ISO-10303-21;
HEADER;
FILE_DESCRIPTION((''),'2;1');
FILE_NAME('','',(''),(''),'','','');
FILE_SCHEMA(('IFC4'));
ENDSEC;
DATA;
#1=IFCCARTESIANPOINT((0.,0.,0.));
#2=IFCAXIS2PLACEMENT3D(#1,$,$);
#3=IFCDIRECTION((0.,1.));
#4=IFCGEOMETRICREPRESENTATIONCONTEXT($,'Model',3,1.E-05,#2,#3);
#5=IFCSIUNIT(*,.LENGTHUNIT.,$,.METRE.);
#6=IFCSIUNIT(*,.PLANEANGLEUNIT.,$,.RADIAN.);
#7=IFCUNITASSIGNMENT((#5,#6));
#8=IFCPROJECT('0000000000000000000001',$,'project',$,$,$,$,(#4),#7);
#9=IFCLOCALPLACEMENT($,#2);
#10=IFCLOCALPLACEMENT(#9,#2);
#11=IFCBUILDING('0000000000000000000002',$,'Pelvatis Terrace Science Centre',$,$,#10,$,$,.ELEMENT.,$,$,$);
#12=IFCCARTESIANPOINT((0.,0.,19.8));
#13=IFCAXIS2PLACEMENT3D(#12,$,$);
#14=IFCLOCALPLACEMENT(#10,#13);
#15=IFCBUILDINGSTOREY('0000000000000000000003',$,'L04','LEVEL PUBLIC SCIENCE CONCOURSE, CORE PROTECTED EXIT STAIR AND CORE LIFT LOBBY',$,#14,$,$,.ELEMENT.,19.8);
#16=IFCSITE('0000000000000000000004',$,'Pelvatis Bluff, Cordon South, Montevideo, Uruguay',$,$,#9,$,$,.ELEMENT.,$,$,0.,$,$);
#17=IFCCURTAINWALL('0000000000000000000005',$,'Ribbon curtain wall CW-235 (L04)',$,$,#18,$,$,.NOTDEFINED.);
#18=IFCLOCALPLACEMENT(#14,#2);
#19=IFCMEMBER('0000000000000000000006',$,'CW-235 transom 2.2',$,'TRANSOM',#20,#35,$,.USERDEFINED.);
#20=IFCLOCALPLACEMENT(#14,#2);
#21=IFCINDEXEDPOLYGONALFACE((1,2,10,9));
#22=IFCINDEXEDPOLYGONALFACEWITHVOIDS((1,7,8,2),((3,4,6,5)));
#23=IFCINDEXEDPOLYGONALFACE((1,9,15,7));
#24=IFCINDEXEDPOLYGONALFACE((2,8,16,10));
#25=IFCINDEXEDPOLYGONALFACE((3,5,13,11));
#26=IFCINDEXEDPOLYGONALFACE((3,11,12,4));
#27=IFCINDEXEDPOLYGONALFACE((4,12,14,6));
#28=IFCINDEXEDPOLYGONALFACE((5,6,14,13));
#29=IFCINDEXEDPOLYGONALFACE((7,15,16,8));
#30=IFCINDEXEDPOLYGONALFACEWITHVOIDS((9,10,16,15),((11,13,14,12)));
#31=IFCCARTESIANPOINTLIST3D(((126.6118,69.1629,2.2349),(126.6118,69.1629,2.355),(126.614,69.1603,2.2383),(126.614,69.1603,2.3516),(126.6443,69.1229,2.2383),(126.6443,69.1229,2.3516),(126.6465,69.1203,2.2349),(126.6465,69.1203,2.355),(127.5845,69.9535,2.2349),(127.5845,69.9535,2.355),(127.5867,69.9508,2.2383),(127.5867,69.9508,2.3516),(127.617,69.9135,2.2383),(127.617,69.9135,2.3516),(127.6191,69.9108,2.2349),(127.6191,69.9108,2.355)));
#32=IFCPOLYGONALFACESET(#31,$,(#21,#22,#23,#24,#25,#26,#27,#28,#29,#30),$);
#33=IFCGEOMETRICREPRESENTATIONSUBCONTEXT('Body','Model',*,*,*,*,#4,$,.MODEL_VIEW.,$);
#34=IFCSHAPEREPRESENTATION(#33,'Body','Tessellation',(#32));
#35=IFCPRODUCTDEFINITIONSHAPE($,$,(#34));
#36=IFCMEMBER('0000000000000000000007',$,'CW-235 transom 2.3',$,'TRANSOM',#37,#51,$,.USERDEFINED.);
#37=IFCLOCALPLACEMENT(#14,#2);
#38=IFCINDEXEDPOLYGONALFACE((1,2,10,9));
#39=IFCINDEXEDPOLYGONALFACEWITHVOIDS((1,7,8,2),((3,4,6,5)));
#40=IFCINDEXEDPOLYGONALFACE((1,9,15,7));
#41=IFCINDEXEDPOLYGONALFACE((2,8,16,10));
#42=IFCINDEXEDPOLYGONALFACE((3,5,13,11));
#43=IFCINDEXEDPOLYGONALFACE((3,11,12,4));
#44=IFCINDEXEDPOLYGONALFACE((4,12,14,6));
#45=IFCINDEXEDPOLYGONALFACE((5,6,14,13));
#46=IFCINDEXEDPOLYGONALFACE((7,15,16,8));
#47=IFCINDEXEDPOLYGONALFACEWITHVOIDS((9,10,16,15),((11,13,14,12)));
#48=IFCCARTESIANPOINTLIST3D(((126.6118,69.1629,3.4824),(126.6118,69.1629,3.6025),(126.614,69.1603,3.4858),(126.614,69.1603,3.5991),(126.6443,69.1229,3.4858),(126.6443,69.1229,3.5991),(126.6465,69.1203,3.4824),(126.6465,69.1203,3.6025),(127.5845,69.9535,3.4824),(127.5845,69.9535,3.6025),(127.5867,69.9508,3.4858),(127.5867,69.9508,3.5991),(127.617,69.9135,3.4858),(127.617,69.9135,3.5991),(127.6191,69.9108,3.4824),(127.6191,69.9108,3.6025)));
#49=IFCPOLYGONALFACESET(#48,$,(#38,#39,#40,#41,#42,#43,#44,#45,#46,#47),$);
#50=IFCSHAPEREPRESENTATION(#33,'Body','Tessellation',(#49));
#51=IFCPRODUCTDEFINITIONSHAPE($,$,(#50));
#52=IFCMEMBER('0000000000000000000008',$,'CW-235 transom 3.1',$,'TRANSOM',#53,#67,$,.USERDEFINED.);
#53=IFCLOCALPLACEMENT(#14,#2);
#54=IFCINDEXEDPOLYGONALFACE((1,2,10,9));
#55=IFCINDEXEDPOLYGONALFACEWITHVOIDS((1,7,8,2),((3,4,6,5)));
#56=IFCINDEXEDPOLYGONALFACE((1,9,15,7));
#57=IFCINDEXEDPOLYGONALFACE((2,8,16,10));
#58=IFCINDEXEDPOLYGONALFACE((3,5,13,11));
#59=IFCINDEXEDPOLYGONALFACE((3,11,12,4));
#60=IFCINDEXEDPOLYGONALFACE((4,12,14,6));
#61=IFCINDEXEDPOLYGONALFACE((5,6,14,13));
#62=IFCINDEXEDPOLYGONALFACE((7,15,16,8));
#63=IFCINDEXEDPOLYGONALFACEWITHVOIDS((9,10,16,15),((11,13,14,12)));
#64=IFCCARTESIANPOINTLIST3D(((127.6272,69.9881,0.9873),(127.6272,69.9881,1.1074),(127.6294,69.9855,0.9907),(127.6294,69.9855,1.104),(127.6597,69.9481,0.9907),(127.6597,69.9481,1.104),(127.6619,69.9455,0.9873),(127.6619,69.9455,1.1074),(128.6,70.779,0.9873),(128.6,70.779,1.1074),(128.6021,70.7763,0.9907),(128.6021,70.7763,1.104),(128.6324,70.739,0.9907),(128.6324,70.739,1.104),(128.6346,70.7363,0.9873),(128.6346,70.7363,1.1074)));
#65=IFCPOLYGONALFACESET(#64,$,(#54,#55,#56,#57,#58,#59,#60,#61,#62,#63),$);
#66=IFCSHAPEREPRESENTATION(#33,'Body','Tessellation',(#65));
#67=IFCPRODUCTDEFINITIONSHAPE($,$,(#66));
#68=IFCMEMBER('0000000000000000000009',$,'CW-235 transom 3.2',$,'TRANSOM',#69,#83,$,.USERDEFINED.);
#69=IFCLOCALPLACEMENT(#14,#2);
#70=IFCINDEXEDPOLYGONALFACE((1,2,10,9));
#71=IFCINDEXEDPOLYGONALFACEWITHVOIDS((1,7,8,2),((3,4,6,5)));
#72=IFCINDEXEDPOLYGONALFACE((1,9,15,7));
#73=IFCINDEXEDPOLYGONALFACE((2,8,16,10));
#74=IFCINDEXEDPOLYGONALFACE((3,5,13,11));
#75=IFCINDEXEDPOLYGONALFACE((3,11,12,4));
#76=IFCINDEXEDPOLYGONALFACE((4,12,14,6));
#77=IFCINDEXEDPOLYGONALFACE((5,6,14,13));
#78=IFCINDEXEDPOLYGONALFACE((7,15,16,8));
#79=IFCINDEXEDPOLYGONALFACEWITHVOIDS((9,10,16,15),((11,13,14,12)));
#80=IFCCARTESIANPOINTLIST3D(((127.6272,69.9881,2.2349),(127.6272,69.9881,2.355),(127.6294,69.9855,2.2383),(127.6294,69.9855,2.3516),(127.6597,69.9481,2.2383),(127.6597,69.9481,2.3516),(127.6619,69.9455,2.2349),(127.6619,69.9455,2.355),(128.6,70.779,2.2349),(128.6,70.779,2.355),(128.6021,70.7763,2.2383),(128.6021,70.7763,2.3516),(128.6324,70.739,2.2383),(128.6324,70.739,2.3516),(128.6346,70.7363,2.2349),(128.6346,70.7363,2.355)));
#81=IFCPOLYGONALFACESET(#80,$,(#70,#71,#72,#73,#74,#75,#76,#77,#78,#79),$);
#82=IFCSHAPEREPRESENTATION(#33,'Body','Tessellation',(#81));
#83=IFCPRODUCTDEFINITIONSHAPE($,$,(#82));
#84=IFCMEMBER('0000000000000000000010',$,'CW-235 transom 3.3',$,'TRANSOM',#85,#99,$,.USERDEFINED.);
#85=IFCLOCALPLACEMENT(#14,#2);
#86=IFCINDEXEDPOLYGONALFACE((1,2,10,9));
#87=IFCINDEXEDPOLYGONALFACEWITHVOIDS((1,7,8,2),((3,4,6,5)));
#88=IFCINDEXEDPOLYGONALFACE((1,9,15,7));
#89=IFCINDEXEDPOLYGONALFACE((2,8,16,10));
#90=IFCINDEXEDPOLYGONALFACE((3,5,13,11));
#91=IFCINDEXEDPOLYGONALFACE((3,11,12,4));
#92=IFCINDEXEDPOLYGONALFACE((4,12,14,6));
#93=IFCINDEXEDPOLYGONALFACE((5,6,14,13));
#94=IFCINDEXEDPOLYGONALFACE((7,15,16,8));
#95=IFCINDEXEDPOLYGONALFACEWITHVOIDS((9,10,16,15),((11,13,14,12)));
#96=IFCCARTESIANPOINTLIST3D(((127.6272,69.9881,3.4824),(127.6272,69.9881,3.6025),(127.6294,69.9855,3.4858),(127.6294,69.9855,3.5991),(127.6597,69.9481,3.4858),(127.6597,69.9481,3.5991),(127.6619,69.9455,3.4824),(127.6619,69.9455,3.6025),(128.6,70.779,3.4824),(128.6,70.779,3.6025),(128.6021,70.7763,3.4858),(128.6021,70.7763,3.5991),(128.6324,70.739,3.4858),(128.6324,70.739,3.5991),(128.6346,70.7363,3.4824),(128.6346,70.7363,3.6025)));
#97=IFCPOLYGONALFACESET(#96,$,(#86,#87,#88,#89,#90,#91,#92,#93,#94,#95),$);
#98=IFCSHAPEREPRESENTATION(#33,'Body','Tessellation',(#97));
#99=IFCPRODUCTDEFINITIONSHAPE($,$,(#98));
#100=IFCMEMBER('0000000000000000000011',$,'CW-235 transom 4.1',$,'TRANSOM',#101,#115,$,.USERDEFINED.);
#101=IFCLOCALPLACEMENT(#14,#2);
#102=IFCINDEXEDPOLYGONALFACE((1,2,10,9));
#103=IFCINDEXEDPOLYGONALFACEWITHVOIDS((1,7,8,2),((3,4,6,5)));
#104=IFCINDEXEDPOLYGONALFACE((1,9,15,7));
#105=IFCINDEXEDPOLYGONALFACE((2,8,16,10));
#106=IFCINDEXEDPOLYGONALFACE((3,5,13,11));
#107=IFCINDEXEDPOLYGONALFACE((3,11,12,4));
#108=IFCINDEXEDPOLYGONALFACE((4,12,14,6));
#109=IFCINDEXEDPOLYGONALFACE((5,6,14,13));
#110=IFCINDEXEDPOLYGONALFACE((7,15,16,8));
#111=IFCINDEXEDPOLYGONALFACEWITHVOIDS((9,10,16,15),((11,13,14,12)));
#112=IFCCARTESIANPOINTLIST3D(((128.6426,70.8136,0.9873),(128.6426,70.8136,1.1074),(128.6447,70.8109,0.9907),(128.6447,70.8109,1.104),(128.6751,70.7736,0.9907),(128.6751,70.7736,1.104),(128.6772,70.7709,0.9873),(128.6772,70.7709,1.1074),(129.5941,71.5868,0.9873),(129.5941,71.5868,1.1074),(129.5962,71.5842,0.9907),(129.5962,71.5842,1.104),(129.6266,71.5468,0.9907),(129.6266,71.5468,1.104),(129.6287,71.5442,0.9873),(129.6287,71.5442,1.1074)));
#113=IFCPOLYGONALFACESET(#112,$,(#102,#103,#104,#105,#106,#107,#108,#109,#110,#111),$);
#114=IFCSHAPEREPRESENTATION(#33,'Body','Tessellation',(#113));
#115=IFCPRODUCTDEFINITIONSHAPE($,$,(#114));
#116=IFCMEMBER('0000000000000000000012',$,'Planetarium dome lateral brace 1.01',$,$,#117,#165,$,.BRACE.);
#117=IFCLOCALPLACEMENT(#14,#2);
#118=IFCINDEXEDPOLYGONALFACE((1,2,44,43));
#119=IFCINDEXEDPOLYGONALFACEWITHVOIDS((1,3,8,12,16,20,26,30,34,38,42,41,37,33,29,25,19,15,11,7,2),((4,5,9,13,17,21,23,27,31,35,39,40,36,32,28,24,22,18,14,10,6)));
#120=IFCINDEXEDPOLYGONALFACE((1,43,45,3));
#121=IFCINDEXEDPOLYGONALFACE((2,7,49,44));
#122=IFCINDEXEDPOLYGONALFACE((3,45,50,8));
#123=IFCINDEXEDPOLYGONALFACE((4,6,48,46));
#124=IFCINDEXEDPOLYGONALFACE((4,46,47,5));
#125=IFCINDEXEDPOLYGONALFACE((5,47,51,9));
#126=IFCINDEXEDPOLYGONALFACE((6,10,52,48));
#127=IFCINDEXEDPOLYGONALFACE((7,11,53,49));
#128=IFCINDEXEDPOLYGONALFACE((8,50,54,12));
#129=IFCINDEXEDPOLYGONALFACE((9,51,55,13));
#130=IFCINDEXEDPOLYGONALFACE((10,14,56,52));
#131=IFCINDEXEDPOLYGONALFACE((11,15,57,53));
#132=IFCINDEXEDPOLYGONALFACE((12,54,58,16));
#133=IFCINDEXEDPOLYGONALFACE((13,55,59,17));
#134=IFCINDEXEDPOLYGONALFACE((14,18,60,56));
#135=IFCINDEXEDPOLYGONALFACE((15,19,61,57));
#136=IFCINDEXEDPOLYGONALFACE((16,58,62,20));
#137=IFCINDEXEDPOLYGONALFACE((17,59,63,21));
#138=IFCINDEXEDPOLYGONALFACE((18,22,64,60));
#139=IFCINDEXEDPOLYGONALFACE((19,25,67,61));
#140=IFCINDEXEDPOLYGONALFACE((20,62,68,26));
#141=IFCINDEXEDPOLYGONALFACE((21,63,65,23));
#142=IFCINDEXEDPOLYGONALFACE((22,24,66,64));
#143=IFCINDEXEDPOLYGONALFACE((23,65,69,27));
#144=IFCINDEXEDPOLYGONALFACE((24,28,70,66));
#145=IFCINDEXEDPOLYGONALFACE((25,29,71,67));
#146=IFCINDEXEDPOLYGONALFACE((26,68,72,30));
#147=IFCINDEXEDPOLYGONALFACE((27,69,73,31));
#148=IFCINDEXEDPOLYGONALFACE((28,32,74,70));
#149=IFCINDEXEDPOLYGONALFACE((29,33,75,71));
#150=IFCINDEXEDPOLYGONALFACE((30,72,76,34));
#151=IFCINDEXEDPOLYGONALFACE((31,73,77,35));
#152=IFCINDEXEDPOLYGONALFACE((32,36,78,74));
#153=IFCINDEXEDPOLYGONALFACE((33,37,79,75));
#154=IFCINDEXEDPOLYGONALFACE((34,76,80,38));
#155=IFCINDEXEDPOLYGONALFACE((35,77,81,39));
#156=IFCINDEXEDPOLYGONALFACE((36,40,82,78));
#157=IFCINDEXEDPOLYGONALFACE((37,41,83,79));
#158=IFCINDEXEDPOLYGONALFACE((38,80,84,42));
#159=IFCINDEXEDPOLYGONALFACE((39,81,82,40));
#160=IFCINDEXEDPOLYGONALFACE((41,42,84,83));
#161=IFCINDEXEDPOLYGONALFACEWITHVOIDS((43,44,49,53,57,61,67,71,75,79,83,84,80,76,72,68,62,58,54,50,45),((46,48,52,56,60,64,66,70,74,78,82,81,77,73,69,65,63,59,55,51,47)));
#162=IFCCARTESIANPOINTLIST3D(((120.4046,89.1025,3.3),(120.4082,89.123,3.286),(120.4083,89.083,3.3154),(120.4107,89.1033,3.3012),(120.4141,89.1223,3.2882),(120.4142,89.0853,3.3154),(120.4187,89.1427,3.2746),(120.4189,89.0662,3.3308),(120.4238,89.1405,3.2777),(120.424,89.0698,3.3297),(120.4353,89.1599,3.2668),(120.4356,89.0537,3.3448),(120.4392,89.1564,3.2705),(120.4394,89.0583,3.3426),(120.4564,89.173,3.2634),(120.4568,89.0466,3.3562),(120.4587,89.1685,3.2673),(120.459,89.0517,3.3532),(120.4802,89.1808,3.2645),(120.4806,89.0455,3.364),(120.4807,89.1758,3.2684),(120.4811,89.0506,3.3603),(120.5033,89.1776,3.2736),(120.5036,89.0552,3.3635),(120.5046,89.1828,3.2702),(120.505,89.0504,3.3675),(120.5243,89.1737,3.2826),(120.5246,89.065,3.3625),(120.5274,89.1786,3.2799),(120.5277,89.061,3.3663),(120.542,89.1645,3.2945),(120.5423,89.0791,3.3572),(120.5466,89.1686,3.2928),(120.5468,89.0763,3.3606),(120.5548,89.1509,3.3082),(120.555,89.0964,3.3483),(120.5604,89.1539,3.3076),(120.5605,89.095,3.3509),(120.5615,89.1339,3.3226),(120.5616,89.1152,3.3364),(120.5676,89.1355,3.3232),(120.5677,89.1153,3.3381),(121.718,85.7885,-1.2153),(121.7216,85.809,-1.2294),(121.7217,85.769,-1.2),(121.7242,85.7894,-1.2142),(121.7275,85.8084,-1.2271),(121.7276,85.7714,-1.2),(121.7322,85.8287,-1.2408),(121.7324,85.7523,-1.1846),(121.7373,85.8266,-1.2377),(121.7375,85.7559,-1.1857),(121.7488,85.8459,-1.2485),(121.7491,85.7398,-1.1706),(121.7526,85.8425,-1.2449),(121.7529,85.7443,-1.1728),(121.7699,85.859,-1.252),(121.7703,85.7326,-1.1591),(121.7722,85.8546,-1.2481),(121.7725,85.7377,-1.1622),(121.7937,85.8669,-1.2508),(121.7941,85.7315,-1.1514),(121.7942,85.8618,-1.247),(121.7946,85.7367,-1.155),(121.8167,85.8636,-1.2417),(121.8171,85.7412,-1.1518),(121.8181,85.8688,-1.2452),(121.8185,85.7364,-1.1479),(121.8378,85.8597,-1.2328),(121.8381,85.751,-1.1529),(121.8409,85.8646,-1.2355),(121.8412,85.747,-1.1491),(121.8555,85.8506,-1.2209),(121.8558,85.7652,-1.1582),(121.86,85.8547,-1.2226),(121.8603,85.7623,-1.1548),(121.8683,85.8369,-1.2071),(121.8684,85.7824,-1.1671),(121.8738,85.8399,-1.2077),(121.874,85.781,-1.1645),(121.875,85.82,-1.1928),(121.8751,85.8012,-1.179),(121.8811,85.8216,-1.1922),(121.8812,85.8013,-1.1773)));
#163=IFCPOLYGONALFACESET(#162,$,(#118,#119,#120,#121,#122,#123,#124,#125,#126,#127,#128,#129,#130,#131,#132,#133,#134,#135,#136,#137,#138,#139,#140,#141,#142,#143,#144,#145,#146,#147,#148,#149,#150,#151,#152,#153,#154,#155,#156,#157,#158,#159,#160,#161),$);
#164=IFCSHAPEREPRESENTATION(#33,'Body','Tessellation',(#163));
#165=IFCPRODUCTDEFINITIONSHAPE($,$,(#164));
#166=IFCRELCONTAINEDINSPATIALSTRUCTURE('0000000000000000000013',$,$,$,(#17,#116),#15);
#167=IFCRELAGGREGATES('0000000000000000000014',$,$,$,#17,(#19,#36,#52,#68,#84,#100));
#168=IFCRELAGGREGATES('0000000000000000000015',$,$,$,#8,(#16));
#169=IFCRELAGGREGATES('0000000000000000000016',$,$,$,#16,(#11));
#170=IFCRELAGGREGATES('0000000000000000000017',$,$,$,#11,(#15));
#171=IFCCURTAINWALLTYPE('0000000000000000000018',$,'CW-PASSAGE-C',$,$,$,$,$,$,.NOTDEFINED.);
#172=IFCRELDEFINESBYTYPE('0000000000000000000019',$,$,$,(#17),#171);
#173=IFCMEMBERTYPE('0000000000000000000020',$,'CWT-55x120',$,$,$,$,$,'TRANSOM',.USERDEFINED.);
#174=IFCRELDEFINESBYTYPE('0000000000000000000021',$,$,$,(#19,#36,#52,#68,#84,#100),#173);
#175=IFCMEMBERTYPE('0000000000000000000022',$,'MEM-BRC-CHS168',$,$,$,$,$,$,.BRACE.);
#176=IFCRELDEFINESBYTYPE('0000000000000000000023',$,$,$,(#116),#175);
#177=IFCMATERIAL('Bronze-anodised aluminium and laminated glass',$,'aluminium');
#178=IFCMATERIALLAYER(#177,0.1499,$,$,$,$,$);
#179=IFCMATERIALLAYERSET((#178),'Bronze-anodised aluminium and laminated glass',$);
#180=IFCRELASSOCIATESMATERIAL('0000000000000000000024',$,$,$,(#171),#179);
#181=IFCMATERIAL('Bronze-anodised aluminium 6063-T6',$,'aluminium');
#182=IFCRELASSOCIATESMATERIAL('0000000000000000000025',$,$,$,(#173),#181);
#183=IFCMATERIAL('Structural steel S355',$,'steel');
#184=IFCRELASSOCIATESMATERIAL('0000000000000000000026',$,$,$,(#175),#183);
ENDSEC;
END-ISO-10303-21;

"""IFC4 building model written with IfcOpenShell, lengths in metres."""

from ifc_helpers import new_model, si_unit, direction, frame, origin, origin_2d, place, context, subcontext, project, spatial, hollow_rectangle, hollow_circle, extrude, material, layer, layer_set, material_profile, profile_set, type_object, element, aggregate, save


model = new_model("IFC4")

# Units and contexts
model_context = context("Model", 3, precision=1e-05, world=origin(), true_north=direction((0.0, 1.0)))
body_context = subcontext(model_context, "Body", "Model", "MODEL_VIEW")
ifc_project = project(units=[si_unit("LENGTHUNIT", "METRE"), si_unit("PLANEANGLEUNIT", "RADIAN")], contexts=[model_context])

# Site, building, storey
site_placement = place(None, origin())
site = spatial("IfcSite", under=ifc_project, at=site_placement, Name="Pelvatis Bluff, Cordon South, Montevideo, Uruguay", CompositionType="ELEMENT", RefElevation=0.0)
building_placement = place(site_placement, origin())
building = spatial("IfcBuilding", under=site, at=building_placement, Name="Pelvatis Terrace Science Centre", CompositionType="ELEMENT")
storey_placement = place(building_placement, frame((0.0, 0.0, 19.8)))
storey = spatial("IfcBuildingStorey", under=building, at=storey_placement, Name="L04", Description="LEVEL PUBLIC SCIENCE CONCOURSE, CORE PROTECTED EXIT STAIR AND CORE LIFT LOBBY", CompositionType="ELEMENT", Elevation=19.8)

# Curtain wall, members
ifc_material_1 = material(Name="Bronze-anodised aluminium and laminated glass", Category="aluminium")
ifc_layer_1 = layer(ifc_material_1, 0.1499)
ifc_layer_set_1 = layer_set([ifc_layer_1], Name="Bronze-anodised aluminium and laminated glass")
curtain_wall_type = type_object("IfcCurtainWallType", Name="CW-PASSAGE-C", PredefinedType="NOTDEFINED", material=ifc_layer_set_1)
curtain_wall_placement = place(storey_placement, origin())
curtain_wall = element("IfcCurtainWall", 1, at=curtain_wall_placement, inside=storey, type_object=curtain_wall_type, Name="Ribbon curtain wall CW-235 (L04)", PredefinedType="NOTDEFINED")
ifc_material_2 = material(Name="Bronze-anodised aluminium 6063-T6", Category="aluminium")
ifc_material_profile_1 = material_profile(ifc_material_2, hollow_rectangle(XDim=0.0549, YDim=0.1201, WallThickness=0.0034, at=origin_2d()), Name="ALU-TRN 55x120")
ifc_profile_set_1 = profile_set([ifc_material_profile_1], Name="Bronze-anodised aluminium 6063-T6")
member_type_1 = type_object("IfcMemberType", Name="CWT-55x120", ElementType="TRANSOM", PredefinedType="USERDEFINED", material=ifc_profile_set_1)
member_1_placement = place(storey_placement, frame((126.6292, 69.1416, 2.2949), z_axis=(0.776019, 0.63071, 0.0), x_axis=(-0.63071, 0.776019, 0.0)))
member_1 = element("IfcMember", 2, at=member_1_placement, type_object=member_type_1, Name="CW-235 transom 2.2", ObjectType="TRANSOM", PredefinedType="USERDEFINED", context=body_context, shape_type="SweptSolid", body=[
    extrude(hollow_rectangle(XDim=0.0549, YDim=0.1201, WallThickness=0.0034, at=origin_2d()), origin(), (0.0, 0.0, 1.0), 1.2534),
])
member_2_placement = place(storey_placement, frame((126.6292, 69.1416, 3.5425), z_axis=(0.776019, 0.63071, 0.0), x_axis=(-0.63071, 0.776019, 0.0)))
member_2 = element("IfcMember", 3, at=member_2_placement, type_object=member_type_1, Name="CW-235 transom 2.3", ObjectType="TRANSOM", PredefinedType="USERDEFINED", context=body_context, shape_type="SweptSolid", body=[
    extrude(hollow_rectangle(XDim=0.0549, YDim=0.1201, WallThickness=0.0034, at=origin_2d()), origin(), (0.0, 0.0, 1.0), 1.2534),
])
member_3_placement = place(storey_placement, frame((127.6445, 69.9668, 1.0474), z_axis=(0.775923, 0.630827, 0.0), x_axis=(-0.630827, 0.775923, 0.0)))
member_3 = element("IfcMember", 4, at=member_3_placement, type_object=member_type_1, Name="CW-235 transom 3.1", ObjectType="TRANSOM", PredefinedType="USERDEFINED", context=body_context, shape_type="SweptSolid", body=[
    extrude(hollow_rectangle(XDim=0.0549, YDim=0.1201, WallThickness=0.0034, at=origin_2d()), origin(), (0.0, 0.0, 1.0), 1.2537),
])
member_4_placement = place(storey_placement, frame((127.6445, 69.9668, 2.2949), z_axis=(0.775923, 0.630827, 0.0), x_axis=(-0.630827, 0.775923, 0.0)))
member_4 = element("IfcMember", 5, at=member_4_placement, type_object=member_type_1, Name="CW-235 transom 3.2", ObjectType="TRANSOM", PredefinedType="USERDEFINED", context=body_context, shape_type="SweptSolid", body=[
    extrude(hollow_rectangle(XDim=0.0549, YDim=0.1201, WallThickness=0.0034, at=origin_2d()), origin(), (0.0, 0.0, 1.0), 1.2537),
])
member_5_placement = place(storey_placement, frame((127.6445, 69.9668, 3.5425), z_axis=(0.775923, 0.630827, 0.0), x_axis=(-0.630827, 0.775923, 0.0)))
member_5 = element("IfcMember", 6, at=member_5_placement, type_object=member_type_1, Name="CW-235 transom 3.3", ObjectType="TRANSOM", PredefinedType="USERDEFINED", context=body_context, shape_type="SweptSolid", body=[
    extrude(hollow_rectangle(XDim=0.0549, YDim=0.1201, WallThickness=0.0034, at=origin_2d()), origin(), (0.0, 0.0, 1.0), 1.2537),
])
member_6_placement = place(storey_placement, frame((128.6599, 70.7922, 1.0474), z_axis=(0.776047, 0.630675, 0.0), x_axis=(-0.630675, 0.776047, 0.0)))
member_6 = element("IfcMember", 7, at=member_6_placement, type_object=member_type_1, Name="CW-235 transom 4.1", ObjectType="TRANSOM", PredefinedType="USERDEFINED", context=body_context, shape_type="SweptSolid", body=[
    extrude(hollow_rectangle(XDim=0.0549, YDim=0.1201, WallThickness=0.0034, at=origin_2d()), origin(), (0.0, 0.0, 1.0), 1.2261),
])

# Member
ifc_material_3 = material(Name="Structural steel S355", Category="steel")
ifc_material_profile_2 = material_profile(ifc_material_3, hollow_circle(Radius=0.0842, WallThickness=0.0063, at=origin_2d()), Name="CHS 168.3x6.3")
ifc_profile_set_2 = profile_set([ifc_material_profile_2], Name="Structural steel S355")
member_type_2 = type_object("IfcMemberType", Name="MEM-BRC-CHS168", PredefinedType="BRACE", material=ifc_profile_set_2)
for number, where, z_axis, x_axis, name in (
    (8, (121.8, 85.8, -1.2), (-0.228314, 0.576048, 0.784883), (-0.929643, -0.36846, 0.0), "Planetarium dome lateral brace 1.01"),
):
    element("IfcMember", number, at=place(storey_placement, frame(where, z_axis=z_axis, x_axis=x_axis)), inside=storey, type_object=member_type_2, Name=name, PredefinedType="BRACE", context=body_context, shape_type="SweptSolid", body=[
        extrude(hollow_circle(Radius=0.0842, WallThickness=0.0063, at=origin_2d()), origin(), (0.0, 0.0, 1.0), 5.7529),
    ])

aggregate(curtain_wall, [member_1, member_2, member_3, member_4, member_5, member_6])

save(model, "model.ifc")
